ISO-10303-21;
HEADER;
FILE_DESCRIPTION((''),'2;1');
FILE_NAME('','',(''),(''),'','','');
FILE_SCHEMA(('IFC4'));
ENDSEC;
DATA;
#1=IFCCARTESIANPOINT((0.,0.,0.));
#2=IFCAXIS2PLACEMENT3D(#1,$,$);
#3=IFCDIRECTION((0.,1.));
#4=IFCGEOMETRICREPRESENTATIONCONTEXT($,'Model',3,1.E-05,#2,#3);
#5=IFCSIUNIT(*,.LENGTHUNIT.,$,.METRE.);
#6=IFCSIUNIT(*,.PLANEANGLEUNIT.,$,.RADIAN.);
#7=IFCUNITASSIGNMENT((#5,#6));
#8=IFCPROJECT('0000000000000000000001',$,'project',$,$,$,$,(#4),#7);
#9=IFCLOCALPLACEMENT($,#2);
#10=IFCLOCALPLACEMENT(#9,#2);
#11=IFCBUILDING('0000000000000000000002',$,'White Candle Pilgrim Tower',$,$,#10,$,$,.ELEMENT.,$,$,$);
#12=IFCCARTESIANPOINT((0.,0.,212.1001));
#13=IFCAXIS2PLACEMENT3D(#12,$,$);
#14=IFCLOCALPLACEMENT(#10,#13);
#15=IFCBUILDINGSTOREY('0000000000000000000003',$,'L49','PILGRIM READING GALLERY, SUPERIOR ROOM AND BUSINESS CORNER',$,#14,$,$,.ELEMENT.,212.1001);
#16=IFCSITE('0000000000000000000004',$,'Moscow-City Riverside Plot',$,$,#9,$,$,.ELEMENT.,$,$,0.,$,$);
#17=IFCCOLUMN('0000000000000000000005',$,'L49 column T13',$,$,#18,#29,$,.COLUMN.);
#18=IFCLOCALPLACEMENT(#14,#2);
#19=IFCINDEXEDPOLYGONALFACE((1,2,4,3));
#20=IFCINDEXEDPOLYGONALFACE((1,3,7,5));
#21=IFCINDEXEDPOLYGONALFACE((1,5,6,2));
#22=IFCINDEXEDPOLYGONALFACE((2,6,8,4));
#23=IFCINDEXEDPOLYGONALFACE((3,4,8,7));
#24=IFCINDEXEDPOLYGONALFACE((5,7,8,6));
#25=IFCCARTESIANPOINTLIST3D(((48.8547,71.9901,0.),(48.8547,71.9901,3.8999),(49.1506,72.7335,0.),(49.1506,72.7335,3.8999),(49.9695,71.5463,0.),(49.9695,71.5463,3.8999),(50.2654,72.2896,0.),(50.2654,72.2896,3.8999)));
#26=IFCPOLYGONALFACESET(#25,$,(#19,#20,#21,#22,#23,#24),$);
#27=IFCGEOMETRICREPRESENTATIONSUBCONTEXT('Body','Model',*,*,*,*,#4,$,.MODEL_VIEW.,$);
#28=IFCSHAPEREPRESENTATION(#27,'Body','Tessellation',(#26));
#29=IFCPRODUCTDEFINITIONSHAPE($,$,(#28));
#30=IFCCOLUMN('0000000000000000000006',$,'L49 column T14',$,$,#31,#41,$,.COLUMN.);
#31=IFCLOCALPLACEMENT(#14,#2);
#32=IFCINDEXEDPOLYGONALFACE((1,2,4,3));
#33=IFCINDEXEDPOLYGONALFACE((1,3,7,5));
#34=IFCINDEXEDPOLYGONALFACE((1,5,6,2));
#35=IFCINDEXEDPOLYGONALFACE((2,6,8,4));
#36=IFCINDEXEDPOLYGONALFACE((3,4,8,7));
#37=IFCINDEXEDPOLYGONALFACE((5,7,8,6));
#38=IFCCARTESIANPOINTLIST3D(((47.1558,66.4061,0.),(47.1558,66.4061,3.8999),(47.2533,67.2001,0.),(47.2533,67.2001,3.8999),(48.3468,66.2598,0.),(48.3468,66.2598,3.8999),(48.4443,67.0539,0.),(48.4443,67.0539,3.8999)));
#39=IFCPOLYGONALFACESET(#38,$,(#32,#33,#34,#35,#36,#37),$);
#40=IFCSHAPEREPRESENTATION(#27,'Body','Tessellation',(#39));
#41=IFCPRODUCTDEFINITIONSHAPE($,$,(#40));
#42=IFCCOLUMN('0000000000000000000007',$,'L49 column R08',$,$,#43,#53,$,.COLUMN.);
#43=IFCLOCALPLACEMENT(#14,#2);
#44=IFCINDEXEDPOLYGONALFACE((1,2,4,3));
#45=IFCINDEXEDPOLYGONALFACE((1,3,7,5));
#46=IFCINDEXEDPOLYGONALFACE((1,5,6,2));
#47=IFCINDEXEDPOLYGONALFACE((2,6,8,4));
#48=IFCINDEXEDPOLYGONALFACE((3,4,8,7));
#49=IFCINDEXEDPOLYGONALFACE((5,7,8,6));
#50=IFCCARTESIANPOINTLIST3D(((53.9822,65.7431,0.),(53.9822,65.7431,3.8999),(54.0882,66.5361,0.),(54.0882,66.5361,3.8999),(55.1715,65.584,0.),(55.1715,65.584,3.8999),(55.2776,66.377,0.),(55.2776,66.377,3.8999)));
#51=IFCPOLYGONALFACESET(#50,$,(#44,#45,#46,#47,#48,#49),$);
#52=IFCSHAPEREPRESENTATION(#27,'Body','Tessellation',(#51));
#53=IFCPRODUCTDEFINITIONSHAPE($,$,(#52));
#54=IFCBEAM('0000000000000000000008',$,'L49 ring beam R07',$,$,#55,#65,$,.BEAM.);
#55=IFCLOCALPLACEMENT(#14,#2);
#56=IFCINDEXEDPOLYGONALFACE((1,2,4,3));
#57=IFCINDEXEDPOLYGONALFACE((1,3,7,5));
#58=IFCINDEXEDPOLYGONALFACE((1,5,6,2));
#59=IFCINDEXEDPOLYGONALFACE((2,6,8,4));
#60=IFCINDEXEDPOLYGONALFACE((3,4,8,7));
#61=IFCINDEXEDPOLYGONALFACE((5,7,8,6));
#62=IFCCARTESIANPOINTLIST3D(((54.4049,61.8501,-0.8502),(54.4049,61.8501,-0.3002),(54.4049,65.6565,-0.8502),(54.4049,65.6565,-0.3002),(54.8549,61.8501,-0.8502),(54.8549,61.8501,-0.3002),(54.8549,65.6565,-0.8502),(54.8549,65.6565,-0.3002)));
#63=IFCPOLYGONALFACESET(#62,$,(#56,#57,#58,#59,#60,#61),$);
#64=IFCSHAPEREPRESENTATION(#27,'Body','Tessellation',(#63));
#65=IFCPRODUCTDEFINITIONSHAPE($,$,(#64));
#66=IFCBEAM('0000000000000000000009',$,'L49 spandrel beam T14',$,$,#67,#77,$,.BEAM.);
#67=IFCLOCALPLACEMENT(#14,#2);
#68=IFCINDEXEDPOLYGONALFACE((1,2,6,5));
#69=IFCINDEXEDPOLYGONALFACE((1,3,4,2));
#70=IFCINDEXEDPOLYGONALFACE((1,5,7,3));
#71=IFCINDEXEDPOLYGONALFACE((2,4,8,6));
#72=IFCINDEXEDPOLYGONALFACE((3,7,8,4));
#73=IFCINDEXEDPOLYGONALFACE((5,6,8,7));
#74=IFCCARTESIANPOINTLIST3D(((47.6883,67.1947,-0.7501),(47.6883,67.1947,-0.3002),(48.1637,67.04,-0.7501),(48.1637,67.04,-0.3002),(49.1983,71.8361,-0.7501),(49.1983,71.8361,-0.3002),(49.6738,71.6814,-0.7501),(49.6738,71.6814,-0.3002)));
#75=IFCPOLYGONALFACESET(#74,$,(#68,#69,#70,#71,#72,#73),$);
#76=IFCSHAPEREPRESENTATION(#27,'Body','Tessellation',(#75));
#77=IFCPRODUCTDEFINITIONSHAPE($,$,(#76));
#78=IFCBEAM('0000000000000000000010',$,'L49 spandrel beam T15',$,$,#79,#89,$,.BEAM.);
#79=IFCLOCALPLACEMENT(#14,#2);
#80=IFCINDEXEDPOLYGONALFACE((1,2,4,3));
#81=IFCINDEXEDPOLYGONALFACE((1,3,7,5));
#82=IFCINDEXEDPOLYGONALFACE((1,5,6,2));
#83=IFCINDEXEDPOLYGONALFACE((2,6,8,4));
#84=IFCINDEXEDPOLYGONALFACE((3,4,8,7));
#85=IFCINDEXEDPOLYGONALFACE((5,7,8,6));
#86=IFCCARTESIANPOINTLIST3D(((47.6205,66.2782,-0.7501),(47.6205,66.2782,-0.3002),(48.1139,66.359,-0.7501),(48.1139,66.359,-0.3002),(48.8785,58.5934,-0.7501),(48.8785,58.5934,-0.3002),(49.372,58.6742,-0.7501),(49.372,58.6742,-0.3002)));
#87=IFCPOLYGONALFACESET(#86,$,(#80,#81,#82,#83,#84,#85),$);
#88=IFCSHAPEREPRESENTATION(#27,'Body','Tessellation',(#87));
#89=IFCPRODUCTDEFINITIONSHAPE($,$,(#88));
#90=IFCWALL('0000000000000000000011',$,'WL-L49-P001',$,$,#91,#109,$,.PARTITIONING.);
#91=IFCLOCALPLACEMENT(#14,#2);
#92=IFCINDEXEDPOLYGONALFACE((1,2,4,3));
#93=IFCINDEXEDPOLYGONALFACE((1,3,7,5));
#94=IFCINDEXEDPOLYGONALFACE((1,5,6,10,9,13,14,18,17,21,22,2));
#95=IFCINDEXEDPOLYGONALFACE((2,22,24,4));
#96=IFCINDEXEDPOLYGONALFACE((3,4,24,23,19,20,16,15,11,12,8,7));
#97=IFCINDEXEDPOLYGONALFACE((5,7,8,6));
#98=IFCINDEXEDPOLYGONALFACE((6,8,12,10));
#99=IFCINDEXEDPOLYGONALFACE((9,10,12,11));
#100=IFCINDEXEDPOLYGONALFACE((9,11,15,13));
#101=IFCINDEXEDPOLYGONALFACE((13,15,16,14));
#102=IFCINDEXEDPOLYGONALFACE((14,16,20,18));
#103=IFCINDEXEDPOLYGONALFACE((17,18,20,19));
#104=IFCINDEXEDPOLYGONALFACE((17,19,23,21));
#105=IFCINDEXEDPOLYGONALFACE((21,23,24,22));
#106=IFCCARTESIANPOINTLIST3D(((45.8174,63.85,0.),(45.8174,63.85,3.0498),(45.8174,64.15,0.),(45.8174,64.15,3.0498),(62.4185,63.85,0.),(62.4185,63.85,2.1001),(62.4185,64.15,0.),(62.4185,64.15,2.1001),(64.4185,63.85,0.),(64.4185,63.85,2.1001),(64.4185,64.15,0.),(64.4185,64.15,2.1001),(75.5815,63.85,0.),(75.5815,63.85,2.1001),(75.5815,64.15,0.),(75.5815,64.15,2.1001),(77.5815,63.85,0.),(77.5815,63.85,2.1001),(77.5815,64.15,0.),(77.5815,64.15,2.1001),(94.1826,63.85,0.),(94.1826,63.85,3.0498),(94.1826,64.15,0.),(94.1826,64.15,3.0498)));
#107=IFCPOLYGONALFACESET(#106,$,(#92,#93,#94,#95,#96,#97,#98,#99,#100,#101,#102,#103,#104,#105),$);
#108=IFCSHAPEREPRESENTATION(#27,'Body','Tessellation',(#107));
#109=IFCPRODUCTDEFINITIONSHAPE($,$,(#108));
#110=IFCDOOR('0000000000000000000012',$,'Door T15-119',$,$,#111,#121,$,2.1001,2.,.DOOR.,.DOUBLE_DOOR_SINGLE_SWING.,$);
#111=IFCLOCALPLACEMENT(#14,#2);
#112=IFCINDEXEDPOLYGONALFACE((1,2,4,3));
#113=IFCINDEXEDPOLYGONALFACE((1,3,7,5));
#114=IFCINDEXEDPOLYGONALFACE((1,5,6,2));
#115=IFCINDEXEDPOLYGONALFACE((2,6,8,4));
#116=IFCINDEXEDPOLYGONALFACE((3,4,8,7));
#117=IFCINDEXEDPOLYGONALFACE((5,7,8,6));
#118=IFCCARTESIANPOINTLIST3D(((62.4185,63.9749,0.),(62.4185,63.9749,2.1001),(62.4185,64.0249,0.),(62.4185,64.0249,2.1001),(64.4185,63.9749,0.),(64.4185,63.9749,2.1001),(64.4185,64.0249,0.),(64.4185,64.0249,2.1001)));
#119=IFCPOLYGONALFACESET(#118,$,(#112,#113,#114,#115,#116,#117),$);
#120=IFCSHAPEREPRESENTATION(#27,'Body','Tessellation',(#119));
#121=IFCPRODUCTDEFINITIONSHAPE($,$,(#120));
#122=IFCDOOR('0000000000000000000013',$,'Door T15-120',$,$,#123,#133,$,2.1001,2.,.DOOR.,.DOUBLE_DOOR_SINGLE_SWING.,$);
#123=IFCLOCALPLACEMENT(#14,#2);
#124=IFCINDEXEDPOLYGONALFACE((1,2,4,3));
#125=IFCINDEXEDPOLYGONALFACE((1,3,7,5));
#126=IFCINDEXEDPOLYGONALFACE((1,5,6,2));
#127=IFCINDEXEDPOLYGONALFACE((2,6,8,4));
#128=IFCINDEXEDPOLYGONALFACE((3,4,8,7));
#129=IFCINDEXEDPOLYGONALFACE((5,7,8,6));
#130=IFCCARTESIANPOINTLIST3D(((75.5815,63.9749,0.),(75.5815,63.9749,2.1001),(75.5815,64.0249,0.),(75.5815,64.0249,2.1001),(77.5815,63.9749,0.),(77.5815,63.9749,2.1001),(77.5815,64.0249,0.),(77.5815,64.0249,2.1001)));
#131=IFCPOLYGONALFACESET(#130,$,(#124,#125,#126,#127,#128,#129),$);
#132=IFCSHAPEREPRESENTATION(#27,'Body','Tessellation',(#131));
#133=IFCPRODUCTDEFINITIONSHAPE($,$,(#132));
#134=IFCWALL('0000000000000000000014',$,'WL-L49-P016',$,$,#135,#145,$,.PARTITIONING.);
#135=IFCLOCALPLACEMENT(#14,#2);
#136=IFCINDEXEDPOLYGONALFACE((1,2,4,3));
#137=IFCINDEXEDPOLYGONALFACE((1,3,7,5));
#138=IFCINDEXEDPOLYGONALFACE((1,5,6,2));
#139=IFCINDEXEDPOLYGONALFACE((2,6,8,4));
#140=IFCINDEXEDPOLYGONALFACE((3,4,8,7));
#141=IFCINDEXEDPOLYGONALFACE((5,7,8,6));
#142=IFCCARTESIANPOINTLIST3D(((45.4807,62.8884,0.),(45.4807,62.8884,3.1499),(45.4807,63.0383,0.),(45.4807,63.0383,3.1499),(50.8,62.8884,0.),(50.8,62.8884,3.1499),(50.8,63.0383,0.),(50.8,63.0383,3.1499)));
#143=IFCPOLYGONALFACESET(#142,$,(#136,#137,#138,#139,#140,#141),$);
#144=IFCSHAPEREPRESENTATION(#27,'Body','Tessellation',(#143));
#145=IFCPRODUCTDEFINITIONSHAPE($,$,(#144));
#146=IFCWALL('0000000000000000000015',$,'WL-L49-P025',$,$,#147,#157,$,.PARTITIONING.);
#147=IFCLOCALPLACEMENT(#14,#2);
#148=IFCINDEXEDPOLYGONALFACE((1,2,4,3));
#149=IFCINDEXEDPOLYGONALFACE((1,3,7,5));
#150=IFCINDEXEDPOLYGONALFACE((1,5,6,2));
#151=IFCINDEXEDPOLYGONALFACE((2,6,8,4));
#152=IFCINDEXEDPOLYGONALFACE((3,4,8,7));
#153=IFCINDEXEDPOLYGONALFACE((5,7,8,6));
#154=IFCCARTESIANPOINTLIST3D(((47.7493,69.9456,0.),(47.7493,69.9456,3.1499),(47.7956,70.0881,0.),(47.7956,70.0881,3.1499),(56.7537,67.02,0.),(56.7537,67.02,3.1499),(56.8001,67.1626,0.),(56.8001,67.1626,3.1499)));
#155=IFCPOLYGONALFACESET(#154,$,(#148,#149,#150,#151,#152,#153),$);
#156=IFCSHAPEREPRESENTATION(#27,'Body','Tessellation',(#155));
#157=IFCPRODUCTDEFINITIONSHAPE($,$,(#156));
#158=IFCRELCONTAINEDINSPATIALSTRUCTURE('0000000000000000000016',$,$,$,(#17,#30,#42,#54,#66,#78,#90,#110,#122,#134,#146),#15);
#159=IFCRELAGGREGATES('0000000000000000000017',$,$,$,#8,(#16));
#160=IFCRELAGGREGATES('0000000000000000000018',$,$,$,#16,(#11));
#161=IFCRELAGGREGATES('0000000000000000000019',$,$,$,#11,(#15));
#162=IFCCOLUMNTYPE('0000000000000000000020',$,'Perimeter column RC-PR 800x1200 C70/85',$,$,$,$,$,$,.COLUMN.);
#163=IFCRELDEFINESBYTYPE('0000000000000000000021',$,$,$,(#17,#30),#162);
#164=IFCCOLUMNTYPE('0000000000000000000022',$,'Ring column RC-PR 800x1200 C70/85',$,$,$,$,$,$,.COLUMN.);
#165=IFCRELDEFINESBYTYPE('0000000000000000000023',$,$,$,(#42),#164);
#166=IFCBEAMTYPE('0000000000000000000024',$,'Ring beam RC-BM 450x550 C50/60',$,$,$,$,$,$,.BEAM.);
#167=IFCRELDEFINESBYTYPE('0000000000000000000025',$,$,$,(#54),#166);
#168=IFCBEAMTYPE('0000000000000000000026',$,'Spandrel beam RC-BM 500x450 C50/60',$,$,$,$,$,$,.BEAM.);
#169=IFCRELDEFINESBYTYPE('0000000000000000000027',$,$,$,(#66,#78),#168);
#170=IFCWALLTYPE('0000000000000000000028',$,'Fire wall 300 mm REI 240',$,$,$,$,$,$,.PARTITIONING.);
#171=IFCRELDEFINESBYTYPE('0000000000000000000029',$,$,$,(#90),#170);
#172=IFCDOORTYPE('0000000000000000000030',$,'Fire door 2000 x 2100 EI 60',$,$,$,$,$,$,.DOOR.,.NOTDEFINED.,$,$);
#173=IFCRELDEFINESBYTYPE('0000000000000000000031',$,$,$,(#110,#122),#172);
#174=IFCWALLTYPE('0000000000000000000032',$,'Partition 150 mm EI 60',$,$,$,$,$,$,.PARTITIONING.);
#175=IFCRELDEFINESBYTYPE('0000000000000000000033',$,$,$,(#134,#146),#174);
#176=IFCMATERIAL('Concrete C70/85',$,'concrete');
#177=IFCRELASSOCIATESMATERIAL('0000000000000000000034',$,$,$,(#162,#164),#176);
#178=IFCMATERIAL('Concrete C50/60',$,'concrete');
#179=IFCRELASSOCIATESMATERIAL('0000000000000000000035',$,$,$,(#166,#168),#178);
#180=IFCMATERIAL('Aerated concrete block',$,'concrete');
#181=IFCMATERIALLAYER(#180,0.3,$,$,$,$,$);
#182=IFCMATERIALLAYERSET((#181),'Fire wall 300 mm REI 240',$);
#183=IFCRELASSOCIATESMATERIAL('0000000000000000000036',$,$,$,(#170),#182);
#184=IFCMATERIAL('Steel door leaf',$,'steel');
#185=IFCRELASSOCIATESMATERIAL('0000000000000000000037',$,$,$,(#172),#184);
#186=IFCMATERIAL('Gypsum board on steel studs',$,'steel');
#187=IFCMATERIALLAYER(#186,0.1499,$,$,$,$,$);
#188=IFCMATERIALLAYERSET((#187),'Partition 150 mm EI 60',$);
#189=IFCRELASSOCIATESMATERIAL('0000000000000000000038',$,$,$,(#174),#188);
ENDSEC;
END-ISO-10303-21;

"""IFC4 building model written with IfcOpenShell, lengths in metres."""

from ifc_helpers import new_model, si_unit, direction, frame, frame_2d, origin, origin_2d, place, context, subcontext, project, spatial, rectangle, extrude, material, layer, layer_set, material_profile, profile_set, type_object, element, fill, save


model = new_model("IFC4")

# Units and contexts
model_context = context("Model", 3, precision=1e-05, world=origin(), true_north=direction((0.0, 1.0)))
body_context = subcontext(model_context, "Body", "Model", "MODEL_VIEW")
ifc_project = project(units=[si_unit("LENGTHUNIT", "METRE"), si_unit("PLANEANGLEUNIT", "RADIAN")], contexts=[model_context])

# Site, building, storey
site_placement = place(None, origin())
site = spatial("IfcSite", under=ifc_project, at=site_placement, Name="Moscow-City Riverside Plot", CompositionType="ELEMENT", RefElevation=0.0)
building_placement = place(site_placement, origin())
building = spatial("IfcBuilding", under=site, at=building_placement, Name="White Candle Pilgrim Tower", CompositionType="ELEMENT")
storey_placement = place(building_placement, frame((0.0, 0.0, 212.1001)))
storey = spatial("IfcBuildingStorey", under=building, at=storey_placement, Name="L49", Description="PILGRIM READING GALLERY, SUPERIOR ROOM AND BUSINESS CORNER", CompositionType="ELEMENT", Elevation=212.1001)

# Columns
ifc_material_1 = material(Name="Concrete C70/85", Category="concrete")
ifc_material_profile_1 = material_profile(ifc_material_1, rectangle(XDim=0.8, YDim=1.2, at=origin_2d()), Name="RC-PR 800x1200")
ifc_profile_set_1 = profile_set([ifc_material_profile_1], Name="Concrete C70/85")
column_type_1 = type_object("IfcColumnType", Name="Perimeter column RC-PR 800x1200 C70/85", PredefinedType="COLUMN", material=ifc_profile_set_1)
for number, where, z_axis, x_axis, name in (
    (1, (49.5601, 72.1399, 0.0), (0.0, 0.0, 1.0), (0.36986, 0.929087, 0.0), "L49 column T13"),
    (2, (47.8, 66.73, 0.0), (0.0, 0.0, 1.0), (0.121869, 0.992546, 0.0), "L49 column T14"),
):
    element("IfcColumn", number, at=place(storey_placement, frame(where, z_axis=z_axis, x_axis=x_axis)), inside=storey, type_object=column_type_1, Name=name, PredefinedType="COLUMN", context=body_context, shape_type="SweptSolid", body=[
        extrude(rectangle(XDim=0.8, YDim=1.2, at=origin_2d()), origin(), (0.0, 0.0, 1.0), 3.8999),
    ])
ifc_material_profile_2 = material_profile(ifc_material_1, rectangle(XDim=0.8, YDim=1.2, at=origin_2d()), Name="RC-PR 800x1200")
ifc_profile_set_2 = profile_set([ifc_material_profile_2], Name="Concrete C70/85")
column_type_2 = type_object("IfcColumnType", Name="Ring column RC-PR 800x1200 C70/85", PredefinedType="COLUMN", material=ifc_profile_set_2)
column_placement = place(storey_placement, frame((54.6299, 66.0601, 0.0), z_axis=(0.0, 0.0, 1.0), x_axis=(0.132602, 0.991169, 0.0)))
element("IfcColumn", 3, at=column_placement, inside=storey, type_object=column_type_2, Name="L49 column R08", PredefinedType="COLUMN", context=body_context, shape_type="SweptSolid", body=[
    extrude(rectangle(XDim=0.8, YDim=1.2, at=origin_2d()), origin(), (0.0, 0.0, 1.0), 3.8999),
])

# Beams
ifc_material_2 = material(Name="Concrete C50/60", Category="concrete")
ifc_material_profile_3 = material_profile(ifc_material_2, rectangle(XDim=0.45, YDim=0.55, at=origin_2d()), Name="RC-BM 450x550")
ifc_profile_set_3 = profile_set([ifc_material_profile_3], Name="Concrete C50/60")
beam_type_1 = type_object("IfcBeamType", Name="Ring beam RC-BM 450x550 C50/60", PredefinedType="BEAM", material=ifc_profile_set_3)
beam_1_placement = place(storey_placement, frame((54.6299, 65.6565, -0.5752), z_axis=(0.0, -1.0, 0.0), x_axis=(1.0, 0.0, 0.0)))
element("IfcBeam", 4, at=beam_1_placement, inside=storey, type_object=beam_type_1, Name="L49 ring beam R07", PredefinedType="BEAM", context=body_context, shape_type="SweptSolid", body=[
    extrude(rectangle(XDim=0.45, YDim=0.55, at=origin_2d()), origin(), (0.0, 0.0, 1.0), 3.8064),
])
ifc_material_profile_4 = material_profile(ifc_material_2, rectangle(XDim=0.5, YDim=0.45, at=origin_2d()), Name="RC-BM 500x450")
ifc_profile_set_4 = profile_set([ifc_material_profile_4], Name="Concrete C50/60")
beam_type_2 = type_object("IfcBeamType", Name="Spandrel beam RC-BM 500x450 C50/60", PredefinedType="BEAM", material=ifc_profile_set_4)
beam_2_placement = place(storey_placement, frame((49.436, 71.7588, -0.5251), z_axis=(-0.309377, -0.95094, 0.0), x_axis=(0.95094, -0.309377, 0.0)))
element("IfcBeam", 5, at=beam_2_placement, inside=storey, type_object=beam_type_2, Name="L49 spandrel beam T14", PredefinedType="BEAM", context=body_context, shape_type="SweptSolid", body=[
    extrude(rectangle(XDim=0.5, YDim=0.45, at=origin_2d()), origin(), (0.0, 0.0, 1.0), 4.8809),
])
beam_3_placement = place(storey_placement, frame((47.8672, 66.3186, -0.5251), z_axis=(0.161556, -0.986863, 0.0), x_axis=(0.986863, 0.161556, 0.0)))
element("IfcBeam", 6, at=beam_3_placement, inside=storey, type_object=beam_type_2, Name="L49 spandrel beam T15", PredefinedType="BEAM", context=body_context, shape_type="SweptSolid", body=[
    extrude(rectangle(XDim=0.5, YDim=0.45, at=origin_2d()), origin(), (0.0, 0.0, 1.0), 7.7871),
])

# Wall, openings, doors
ifc_material_3 = material(Name="Aerated concrete block", Category="concrete")
ifc_layer_1 = layer(ifc_material_3, 0.3)
ifc_layer_set_1 = layer_set([ifc_layer_1], Name="Fire wall 300 mm REI 240")
wall_type_1 = type_object("IfcWallType", Name="Fire wall 300 mm REI 240", PredefinedType="PARTITIONING", material=ifc_layer_set_1)
wall_1_placement = place(storey_placement, frame((45.8174, 64.0, 0.0), z_axis=(0.0, 0.0, 1.0), x_axis=(1.0, 0.0, 0.0)))
wall_1 = element("IfcWall", 7, at=wall_1_placement, inside=storey, type_object=wall_type_1, Name="WL-L49-P001", PredefinedType="PARTITIONING", context=body_context, shape_type="SweptSolid", body=[
    extrude(rectangle(XDim=48.3652, YDim=0.3, at=frame_2d((24.1826, 0.0))), origin(), (0.0, 0.0, 1.0), 3.0498),
])
opening_1_placement = place(wall_1_placement, frame((16.6011, 0.0, 0.0)))
opening_1 = element("IfcOpeningElement", 8, at=opening_1_placement, cuts=wall_1, PredefinedType="OPENING", context=body_context, shape_type="SweptSolid", body=[
    extrude(rectangle(XDim=2.0, YDim=2.1001, at=frame_2d((1.0, 1.05))), frame((0.0, 0.1599, 0.0), z_axis=(0.0, -1.0, 0.0), x_axis=(1.0, 0.0, 0.0)), (0.0, 0.0, 1.0), 0.3201),
])
opening_2_placement = place(wall_1_placement, frame((29.7642, 0.0, 0.0)))
opening_2 = element("IfcOpeningElement", 9, at=opening_2_placement, cuts=wall_1, PredefinedType="OPENING", context=body_context, shape_type="SweptSolid", body=[
    extrude(rectangle(XDim=2.0, YDim=2.1001, at=frame_2d((1.0, 1.05))), frame((0.0, 0.1599, 0.0), z_axis=(0.0, -1.0, 0.0), x_axis=(1.0, 0.0, 0.0)), (0.0, 0.0, 1.0), 0.3201),
])
ifc_material_4 = material(Name="Steel door leaf", Category="steel")
door_type_1 = type_object("IfcDoorType", Name="Fire door 2000 x 2100 EI 60", OperationType="NOTDEFINED", PredefinedType="DOOR", material=ifc_material_4)
door_1_placement = place(opening_1_placement, origin())
door_1 = element("IfcDoor", 10, at=door_1_placement, inside=storey, type_object=door_type_1, Name="Door T15-119", OperationType="DOUBLE_DOOR_SINGLE_SWING", OverallHeight=2.1001, OverallWidth=2.0, PredefinedType="DOOR", context=body_context, shape_type="SweptSolid", body=[
    extrude(rectangle(XDim=2.0, YDim=2.1001, at=frame_2d((1.0, 1.05))), frame((0.0, 0.0249, 0.0), z_axis=(0.0, -1.0, 0.0), x_axis=(1.0, 0.0, 0.0)), (0.0, 0.0, 1.0), 0.05),
])
fill(opening_1, door_1)
door_2_placement = place(opening_2_placement, origin())
door_2 = element("IfcDoor", 11, at=door_2_placement, inside=storey, type_object=door_type_1, Name="Door T15-120", OperationType="DOUBLE_DOOR_SINGLE_SWING", OverallHeight=2.1001, OverallWidth=2.0, PredefinedType="DOOR", context=body_context, shape_type="SweptSolid", body=[
    extrude(rectangle(XDim=2.0, YDim=2.1001, at=frame_2d((1.0, 1.05))), frame((0.0, 0.0249, 0.0), z_axis=(0.0, -1.0, 0.0), x_axis=(1.0, 0.0, 0.0)), (0.0, 0.0, 1.0), 0.05),
])
fill(opening_2, door_2)

# Walls
ifc_material_5 = material(Name="Gypsum board on steel studs", Category="steel")
ifc_layer_2 = layer(ifc_material_5, 0.1499)
ifc_layer_set_2 = layer_set([ifc_layer_2], Name="Partition 150 mm EI 60")
wall_type_2 = type_object("IfcWallType", Name="Partition 150 mm EI 60", PredefinedType="PARTITIONING", material=ifc_layer_set_2)
wall_2_placement = place(storey_placement, frame((45.4807, 62.9634, 0.0), z_axis=(0.0, 0.0, 1.0), x_axis=(1.0, 0.0, 0.0)))
element("IfcWall", 12, at=wall_2_placement, inside=storey, type_object=wall_type_2, Name="WL-L49-P016", PredefinedType="PARTITIONING", context=body_context, shape_type="SweptSolid", body=[
    extrude(rectangle(XDim=5.3193, YDim=0.1499, at=frame_2d((2.6597, 0.0))), origin(), (0.0, 0.0, 1.0), 3.1499),
])
wall_3_placement = place(storey_placement, frame((47.7725, 70.0168, 0.0), z_axis=(0.0, 0.0, 1.0), x_axis=(0.951062, -0.309001, 0.0)))
element("IfcWall", 13, at=wall_3_placement, inside=storey, type_object=wall_type_2, Name="WL-L49-P025", PredefinedType="PARTITIONING", context=body_context, shape_type="SweptSolid", body=[
    extrude(rectangle(XDim=9.4678, YDim=0.1499, at=frame_2d((4.7339, 0.0))), origin(), (0.0, 0.0, 1.0), 3.1499),
])

save(model, "model.ifc")
